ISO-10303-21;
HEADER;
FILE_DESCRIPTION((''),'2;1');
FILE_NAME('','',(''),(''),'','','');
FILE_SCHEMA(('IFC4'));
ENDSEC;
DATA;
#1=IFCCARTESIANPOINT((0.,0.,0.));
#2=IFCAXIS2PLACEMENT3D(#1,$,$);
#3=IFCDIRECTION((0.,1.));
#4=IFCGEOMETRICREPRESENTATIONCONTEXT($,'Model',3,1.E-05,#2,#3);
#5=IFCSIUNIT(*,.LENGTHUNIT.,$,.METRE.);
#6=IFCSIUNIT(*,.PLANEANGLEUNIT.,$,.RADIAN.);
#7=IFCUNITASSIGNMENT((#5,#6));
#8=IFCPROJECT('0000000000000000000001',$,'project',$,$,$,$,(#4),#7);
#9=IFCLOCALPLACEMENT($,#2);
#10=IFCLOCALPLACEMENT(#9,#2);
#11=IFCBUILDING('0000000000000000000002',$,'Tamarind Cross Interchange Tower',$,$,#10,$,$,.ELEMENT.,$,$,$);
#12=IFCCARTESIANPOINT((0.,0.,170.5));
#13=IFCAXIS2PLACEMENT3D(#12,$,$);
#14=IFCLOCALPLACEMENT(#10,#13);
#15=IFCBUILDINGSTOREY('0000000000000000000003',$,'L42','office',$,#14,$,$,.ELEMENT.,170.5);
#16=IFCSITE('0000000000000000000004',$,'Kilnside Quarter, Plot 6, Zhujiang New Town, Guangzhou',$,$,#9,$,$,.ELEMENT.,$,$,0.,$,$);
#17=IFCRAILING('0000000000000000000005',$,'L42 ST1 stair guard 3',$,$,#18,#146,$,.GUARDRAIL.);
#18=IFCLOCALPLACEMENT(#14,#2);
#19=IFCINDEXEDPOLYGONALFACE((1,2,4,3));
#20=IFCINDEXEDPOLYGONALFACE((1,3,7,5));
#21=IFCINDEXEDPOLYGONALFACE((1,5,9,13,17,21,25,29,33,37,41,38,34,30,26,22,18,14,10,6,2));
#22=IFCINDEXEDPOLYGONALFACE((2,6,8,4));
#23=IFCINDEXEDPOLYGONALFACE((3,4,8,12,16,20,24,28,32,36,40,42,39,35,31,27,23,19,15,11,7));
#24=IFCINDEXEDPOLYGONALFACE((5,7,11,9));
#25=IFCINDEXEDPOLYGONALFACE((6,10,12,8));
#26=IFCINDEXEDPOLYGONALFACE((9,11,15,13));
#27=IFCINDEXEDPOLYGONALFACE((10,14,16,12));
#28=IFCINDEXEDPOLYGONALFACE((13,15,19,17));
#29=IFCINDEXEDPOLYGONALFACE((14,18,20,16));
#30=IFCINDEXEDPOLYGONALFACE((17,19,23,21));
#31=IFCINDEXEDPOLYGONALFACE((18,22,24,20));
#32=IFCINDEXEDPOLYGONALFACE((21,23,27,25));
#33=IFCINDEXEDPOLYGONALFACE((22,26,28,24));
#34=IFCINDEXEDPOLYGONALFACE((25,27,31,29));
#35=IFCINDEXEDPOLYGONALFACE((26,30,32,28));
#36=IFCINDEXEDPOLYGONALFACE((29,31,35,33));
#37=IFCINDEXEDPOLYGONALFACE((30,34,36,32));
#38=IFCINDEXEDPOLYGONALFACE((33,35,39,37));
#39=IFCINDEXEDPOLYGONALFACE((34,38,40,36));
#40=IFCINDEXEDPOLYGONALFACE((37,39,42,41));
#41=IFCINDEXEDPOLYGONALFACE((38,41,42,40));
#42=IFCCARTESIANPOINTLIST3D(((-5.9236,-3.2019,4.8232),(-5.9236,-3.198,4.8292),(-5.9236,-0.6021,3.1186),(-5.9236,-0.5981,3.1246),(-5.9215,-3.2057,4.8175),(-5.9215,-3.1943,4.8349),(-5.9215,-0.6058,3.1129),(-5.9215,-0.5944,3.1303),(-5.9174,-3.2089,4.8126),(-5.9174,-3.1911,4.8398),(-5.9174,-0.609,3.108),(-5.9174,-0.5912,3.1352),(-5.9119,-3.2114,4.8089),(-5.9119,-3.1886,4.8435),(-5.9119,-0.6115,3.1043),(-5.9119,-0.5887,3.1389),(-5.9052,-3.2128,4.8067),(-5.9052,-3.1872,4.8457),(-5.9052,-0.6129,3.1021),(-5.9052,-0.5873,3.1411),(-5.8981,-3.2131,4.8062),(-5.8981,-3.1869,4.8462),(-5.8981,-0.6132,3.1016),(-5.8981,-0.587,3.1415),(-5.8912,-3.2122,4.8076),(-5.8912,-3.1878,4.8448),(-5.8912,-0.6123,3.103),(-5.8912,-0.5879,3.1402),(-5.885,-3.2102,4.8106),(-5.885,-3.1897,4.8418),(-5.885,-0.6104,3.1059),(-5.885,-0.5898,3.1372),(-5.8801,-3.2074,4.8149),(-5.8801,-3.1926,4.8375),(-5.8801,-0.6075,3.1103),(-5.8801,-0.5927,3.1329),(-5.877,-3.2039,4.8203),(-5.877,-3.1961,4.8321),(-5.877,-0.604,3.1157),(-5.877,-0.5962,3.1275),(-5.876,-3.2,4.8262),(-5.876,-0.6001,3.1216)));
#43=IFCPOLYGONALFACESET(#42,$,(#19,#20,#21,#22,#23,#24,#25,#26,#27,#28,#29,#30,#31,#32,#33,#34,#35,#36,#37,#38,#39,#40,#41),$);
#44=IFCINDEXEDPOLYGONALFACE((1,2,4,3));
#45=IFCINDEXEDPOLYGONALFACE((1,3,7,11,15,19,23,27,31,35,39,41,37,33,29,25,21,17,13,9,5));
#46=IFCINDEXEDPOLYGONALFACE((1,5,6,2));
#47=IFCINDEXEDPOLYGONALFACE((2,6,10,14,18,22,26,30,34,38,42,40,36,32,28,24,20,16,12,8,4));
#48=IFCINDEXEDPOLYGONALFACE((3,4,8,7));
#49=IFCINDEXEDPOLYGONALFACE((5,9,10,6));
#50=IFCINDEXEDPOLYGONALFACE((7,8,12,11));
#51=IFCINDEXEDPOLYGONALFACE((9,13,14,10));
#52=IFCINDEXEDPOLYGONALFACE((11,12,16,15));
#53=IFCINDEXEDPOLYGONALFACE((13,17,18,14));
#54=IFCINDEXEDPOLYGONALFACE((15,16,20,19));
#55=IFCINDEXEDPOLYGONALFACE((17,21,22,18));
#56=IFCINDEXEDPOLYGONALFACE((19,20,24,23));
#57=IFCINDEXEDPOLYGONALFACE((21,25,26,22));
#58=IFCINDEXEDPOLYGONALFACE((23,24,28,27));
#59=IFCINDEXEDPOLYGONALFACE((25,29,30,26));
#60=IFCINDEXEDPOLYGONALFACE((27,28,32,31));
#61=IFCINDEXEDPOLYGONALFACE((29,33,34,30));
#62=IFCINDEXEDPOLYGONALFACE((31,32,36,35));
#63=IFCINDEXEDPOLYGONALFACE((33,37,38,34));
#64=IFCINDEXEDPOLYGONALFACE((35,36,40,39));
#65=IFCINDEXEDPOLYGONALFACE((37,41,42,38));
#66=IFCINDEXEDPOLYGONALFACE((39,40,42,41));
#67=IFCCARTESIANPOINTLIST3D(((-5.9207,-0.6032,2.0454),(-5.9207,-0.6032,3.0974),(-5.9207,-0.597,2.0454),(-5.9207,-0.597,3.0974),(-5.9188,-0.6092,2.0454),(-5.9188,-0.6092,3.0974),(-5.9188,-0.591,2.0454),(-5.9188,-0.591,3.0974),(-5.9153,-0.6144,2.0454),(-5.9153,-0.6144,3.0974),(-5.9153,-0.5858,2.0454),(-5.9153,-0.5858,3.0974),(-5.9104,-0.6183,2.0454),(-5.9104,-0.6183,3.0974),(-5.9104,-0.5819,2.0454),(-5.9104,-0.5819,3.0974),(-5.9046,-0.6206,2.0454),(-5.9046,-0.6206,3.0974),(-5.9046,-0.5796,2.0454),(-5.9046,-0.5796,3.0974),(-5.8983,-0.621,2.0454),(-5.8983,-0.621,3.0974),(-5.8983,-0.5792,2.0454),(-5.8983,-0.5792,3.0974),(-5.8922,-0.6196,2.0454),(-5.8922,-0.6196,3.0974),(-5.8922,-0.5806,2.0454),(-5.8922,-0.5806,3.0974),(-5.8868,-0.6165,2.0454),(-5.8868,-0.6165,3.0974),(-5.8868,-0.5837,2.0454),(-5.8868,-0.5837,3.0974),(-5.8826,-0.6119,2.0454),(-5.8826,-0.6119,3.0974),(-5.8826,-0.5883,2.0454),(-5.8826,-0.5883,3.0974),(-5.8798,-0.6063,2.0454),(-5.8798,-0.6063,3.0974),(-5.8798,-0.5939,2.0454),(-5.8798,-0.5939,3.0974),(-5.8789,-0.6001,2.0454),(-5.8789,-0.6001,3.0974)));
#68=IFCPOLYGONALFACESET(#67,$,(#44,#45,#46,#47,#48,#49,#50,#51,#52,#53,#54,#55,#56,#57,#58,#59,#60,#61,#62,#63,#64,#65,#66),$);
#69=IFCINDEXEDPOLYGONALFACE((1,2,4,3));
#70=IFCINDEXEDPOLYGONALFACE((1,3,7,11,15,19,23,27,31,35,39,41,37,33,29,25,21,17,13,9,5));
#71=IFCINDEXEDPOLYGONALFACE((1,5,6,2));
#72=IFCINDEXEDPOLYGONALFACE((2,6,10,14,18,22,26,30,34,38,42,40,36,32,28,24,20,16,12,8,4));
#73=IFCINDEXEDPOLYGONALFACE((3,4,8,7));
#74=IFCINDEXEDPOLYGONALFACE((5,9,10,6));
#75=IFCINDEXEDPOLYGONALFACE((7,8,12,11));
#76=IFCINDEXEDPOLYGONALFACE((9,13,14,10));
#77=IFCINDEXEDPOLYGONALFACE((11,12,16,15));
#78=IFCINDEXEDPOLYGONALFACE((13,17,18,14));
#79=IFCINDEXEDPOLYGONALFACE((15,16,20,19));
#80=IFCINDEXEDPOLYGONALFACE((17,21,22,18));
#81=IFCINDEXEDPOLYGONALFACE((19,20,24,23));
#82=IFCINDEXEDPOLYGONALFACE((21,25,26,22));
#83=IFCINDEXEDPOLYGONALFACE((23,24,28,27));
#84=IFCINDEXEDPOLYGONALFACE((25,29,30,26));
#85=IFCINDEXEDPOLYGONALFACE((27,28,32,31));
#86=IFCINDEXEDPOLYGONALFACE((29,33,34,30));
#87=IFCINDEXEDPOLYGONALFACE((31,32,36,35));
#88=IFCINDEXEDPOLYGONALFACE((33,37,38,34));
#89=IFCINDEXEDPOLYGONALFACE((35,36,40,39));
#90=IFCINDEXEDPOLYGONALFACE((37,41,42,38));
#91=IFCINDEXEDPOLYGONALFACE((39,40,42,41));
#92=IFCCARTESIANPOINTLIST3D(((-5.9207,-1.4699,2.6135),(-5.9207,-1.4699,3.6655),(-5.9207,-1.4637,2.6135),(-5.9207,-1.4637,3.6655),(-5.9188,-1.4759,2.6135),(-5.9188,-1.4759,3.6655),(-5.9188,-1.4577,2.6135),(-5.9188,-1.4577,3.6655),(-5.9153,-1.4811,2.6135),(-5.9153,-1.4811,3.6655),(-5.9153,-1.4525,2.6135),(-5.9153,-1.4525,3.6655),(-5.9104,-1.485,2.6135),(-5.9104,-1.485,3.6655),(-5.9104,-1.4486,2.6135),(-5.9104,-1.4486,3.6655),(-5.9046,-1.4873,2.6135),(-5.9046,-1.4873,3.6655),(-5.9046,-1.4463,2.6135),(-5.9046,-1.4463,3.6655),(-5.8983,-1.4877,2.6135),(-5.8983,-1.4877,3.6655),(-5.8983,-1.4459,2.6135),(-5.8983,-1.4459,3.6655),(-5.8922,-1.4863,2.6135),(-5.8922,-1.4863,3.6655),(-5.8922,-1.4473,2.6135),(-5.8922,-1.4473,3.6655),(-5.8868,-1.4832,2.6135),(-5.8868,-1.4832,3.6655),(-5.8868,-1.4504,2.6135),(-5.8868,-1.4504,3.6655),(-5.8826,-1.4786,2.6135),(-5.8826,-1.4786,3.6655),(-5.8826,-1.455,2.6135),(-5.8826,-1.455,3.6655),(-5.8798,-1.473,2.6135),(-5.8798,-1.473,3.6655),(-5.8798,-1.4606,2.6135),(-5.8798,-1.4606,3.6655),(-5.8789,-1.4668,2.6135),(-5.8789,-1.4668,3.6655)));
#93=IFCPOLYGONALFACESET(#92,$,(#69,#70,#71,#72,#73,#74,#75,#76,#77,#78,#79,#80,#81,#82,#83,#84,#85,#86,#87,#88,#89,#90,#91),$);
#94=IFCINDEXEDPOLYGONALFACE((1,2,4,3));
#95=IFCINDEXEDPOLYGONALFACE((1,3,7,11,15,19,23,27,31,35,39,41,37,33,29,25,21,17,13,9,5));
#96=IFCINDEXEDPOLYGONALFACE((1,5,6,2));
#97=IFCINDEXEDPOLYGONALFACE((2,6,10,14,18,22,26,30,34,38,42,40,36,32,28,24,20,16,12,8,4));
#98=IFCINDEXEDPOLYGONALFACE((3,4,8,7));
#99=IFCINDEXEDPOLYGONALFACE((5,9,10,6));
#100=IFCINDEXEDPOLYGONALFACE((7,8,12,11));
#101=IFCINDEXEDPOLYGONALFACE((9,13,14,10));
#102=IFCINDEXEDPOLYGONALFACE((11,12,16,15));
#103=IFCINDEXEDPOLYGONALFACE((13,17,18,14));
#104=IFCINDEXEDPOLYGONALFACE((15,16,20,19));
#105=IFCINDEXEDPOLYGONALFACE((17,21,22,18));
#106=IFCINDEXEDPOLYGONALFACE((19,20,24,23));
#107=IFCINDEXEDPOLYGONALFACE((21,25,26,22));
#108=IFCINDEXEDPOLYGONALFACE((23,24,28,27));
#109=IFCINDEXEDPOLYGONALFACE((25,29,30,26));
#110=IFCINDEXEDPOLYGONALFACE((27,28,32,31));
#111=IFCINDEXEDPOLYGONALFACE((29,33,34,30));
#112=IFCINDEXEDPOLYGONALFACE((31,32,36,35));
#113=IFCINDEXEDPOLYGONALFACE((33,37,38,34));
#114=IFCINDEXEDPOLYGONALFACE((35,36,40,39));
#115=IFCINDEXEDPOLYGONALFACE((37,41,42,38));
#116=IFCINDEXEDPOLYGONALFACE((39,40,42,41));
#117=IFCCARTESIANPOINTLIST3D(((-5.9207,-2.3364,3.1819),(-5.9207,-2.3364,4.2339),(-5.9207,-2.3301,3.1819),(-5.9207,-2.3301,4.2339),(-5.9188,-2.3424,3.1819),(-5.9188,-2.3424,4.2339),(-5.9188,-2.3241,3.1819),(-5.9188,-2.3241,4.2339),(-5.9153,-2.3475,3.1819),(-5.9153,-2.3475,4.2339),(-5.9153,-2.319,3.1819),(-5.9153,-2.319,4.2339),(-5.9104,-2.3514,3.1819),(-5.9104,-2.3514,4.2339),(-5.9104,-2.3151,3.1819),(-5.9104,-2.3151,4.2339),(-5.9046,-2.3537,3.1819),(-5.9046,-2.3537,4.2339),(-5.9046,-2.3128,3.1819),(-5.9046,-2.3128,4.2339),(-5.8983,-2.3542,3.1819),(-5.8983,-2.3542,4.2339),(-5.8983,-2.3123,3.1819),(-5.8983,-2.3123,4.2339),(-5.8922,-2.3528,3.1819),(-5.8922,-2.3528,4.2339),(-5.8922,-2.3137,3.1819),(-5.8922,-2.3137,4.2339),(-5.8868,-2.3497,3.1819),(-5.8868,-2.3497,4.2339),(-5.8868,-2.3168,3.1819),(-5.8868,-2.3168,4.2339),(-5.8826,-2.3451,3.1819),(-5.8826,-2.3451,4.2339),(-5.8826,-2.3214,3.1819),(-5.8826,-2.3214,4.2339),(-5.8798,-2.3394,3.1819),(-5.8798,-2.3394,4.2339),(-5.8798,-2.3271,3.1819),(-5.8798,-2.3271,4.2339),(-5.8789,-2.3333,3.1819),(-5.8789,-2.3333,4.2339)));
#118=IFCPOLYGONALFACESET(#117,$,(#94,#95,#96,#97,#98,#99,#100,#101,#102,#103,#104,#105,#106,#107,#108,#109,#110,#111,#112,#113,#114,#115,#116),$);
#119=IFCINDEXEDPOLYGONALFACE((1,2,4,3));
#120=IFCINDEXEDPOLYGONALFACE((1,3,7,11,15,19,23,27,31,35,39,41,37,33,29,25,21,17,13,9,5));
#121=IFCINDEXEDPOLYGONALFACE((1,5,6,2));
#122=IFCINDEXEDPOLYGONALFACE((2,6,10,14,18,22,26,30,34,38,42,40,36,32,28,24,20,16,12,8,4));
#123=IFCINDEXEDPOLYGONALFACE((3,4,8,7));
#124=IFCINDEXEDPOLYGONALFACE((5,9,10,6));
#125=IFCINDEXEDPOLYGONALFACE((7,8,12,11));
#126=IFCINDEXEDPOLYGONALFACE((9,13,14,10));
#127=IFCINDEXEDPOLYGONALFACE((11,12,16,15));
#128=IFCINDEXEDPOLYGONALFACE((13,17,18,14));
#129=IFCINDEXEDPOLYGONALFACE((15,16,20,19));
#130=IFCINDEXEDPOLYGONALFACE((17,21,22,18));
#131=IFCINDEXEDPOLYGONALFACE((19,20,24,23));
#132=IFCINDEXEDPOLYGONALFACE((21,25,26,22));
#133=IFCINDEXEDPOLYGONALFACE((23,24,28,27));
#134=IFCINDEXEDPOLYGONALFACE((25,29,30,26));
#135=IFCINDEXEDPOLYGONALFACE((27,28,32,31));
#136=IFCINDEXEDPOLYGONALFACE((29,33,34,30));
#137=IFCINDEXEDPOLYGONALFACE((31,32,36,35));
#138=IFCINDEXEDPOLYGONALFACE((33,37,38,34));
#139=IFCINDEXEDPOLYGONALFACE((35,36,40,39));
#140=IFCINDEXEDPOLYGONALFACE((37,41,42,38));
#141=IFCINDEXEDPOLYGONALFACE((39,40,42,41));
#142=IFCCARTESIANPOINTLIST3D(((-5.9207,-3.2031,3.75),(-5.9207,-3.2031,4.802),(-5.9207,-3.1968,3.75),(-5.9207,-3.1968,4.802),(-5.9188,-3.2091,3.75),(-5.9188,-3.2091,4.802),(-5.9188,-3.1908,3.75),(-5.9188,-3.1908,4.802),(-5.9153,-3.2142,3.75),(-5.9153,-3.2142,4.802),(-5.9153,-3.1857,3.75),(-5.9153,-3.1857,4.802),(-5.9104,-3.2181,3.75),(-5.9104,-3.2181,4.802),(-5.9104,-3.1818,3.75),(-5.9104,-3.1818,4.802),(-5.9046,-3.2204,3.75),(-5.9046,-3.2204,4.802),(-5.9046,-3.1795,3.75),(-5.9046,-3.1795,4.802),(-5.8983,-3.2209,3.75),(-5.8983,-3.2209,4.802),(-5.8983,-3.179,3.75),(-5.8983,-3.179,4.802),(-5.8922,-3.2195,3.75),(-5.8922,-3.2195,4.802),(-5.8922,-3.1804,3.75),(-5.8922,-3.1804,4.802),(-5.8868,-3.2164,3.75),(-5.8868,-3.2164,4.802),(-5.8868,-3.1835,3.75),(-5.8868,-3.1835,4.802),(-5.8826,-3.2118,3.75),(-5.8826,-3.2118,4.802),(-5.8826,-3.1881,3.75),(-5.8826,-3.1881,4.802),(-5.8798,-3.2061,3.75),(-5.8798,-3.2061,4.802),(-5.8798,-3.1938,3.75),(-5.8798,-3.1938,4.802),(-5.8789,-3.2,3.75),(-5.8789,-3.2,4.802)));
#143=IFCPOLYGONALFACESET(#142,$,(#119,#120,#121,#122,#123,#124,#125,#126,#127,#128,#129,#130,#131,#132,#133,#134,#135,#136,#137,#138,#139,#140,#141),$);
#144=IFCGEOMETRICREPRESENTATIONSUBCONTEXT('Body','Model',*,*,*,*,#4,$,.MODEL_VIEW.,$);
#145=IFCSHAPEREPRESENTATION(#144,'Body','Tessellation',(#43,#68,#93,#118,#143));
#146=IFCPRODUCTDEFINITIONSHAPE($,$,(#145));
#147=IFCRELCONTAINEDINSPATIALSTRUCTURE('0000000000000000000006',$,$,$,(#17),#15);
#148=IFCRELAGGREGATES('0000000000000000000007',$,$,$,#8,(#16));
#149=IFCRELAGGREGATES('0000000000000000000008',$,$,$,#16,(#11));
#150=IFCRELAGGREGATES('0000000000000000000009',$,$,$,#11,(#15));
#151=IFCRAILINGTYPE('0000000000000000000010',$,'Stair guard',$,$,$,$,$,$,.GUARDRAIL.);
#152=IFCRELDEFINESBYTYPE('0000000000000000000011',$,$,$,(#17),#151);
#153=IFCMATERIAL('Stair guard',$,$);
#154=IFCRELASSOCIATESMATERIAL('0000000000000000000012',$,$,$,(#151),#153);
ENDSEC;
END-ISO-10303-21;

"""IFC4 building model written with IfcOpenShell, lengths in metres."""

from ifc_helpers import new_model, si_unit, direction, frame, origin, origin_2d, place, context, subcontext, project, spatial, circle, extrude, material, type_object, element, save


model = new_model("IFC4")

# Units and contexts
model_context = context("Model", 3, precision=1e-05, world=origin(), true_north=direction((0.0, 1.0)))
body_context = subcontext(model_context, "Body", "Model", "MODEL_VIEW")
ifc_project = project(units=[si_unit("LENGTHUNIT", "METRE"), si_unit("PLANEANGLEUNIT", "RADIAN")], contexts=[model_context])

# Site, building, storey
site_placement = place(None, origin())
site = spatial("IfcSite", under=ifc_project, at=site_placement, Name="Kilnside Quarter, Plot 6, Zhujiang New Town, Guangzhou", CompositionType="ELEMENT", RefElevation=0.0)
building_placement = place(site_placement, origin())
building = spatial("IfcBuilding", under=site, at=building_placement, Name="Tamarind Cross Interchange Tower", CompositionType="ELEMENT")
storey_placement = place(building_placement, frame((0.0, 0.0, 170.5)))
storey = spatial("IfcBuildingStorey", under=building, at=storey_placement, Name="L42", Description="office", CompositionType="ELEMENT", Elevation=170.5)

# Railing
ifc_material_1 = material(Name="Stair guard")
railing_type_1 = type_object("IfcRailingType", Name="Stair guard", PredefinedType="GUARDRAIL", material=ifc_material_1)
railing_1_placement = place(storey_placement, frame((-5.8999, -0.6001, 2.0454)))
element("IfcRailing", 1, at=railing_1_placement, inside=storey, type_object=railing_type_1, Name="L42 ST1 stair guard 3", PredefinedType="GUARDRAIL", context=body_context, shape_type="SweptSolid", body=[
    extrude(circle(Radius=0.0239, at=origin_2d()), frame((0.0, 0.0, 1.0762), z_axis=(0.0, -0.836279, 0.548305), x_axis=(1.0, 0.0, 0.0)), (0.0, 0.0, 1.0), 3.1089),
    extrude(circle(Radius=0.021, at=origin_2d()), origin(), (0.0, 0.0, 1.0), 1.052),
    extrude(circle(Radius=0.021, at=origin_2d()), frame((0.0, -0.8667, 0.5681)), (0.0, 0.0, 1.0), 1.052),
    extrude(circle(Radius=0.021, at=origin_2d()), frame((0.0, -1.7332, 1.1365)), (0.0, 0.0, 1.0), 1.052),
    extrude(circle(Radius=0.021, at=origin_2d()), frame((0.0, -2.5999, 1.7046)), (0.0, 0.0, 1.0), 1.052),
])

save(model, "model.ifc")
